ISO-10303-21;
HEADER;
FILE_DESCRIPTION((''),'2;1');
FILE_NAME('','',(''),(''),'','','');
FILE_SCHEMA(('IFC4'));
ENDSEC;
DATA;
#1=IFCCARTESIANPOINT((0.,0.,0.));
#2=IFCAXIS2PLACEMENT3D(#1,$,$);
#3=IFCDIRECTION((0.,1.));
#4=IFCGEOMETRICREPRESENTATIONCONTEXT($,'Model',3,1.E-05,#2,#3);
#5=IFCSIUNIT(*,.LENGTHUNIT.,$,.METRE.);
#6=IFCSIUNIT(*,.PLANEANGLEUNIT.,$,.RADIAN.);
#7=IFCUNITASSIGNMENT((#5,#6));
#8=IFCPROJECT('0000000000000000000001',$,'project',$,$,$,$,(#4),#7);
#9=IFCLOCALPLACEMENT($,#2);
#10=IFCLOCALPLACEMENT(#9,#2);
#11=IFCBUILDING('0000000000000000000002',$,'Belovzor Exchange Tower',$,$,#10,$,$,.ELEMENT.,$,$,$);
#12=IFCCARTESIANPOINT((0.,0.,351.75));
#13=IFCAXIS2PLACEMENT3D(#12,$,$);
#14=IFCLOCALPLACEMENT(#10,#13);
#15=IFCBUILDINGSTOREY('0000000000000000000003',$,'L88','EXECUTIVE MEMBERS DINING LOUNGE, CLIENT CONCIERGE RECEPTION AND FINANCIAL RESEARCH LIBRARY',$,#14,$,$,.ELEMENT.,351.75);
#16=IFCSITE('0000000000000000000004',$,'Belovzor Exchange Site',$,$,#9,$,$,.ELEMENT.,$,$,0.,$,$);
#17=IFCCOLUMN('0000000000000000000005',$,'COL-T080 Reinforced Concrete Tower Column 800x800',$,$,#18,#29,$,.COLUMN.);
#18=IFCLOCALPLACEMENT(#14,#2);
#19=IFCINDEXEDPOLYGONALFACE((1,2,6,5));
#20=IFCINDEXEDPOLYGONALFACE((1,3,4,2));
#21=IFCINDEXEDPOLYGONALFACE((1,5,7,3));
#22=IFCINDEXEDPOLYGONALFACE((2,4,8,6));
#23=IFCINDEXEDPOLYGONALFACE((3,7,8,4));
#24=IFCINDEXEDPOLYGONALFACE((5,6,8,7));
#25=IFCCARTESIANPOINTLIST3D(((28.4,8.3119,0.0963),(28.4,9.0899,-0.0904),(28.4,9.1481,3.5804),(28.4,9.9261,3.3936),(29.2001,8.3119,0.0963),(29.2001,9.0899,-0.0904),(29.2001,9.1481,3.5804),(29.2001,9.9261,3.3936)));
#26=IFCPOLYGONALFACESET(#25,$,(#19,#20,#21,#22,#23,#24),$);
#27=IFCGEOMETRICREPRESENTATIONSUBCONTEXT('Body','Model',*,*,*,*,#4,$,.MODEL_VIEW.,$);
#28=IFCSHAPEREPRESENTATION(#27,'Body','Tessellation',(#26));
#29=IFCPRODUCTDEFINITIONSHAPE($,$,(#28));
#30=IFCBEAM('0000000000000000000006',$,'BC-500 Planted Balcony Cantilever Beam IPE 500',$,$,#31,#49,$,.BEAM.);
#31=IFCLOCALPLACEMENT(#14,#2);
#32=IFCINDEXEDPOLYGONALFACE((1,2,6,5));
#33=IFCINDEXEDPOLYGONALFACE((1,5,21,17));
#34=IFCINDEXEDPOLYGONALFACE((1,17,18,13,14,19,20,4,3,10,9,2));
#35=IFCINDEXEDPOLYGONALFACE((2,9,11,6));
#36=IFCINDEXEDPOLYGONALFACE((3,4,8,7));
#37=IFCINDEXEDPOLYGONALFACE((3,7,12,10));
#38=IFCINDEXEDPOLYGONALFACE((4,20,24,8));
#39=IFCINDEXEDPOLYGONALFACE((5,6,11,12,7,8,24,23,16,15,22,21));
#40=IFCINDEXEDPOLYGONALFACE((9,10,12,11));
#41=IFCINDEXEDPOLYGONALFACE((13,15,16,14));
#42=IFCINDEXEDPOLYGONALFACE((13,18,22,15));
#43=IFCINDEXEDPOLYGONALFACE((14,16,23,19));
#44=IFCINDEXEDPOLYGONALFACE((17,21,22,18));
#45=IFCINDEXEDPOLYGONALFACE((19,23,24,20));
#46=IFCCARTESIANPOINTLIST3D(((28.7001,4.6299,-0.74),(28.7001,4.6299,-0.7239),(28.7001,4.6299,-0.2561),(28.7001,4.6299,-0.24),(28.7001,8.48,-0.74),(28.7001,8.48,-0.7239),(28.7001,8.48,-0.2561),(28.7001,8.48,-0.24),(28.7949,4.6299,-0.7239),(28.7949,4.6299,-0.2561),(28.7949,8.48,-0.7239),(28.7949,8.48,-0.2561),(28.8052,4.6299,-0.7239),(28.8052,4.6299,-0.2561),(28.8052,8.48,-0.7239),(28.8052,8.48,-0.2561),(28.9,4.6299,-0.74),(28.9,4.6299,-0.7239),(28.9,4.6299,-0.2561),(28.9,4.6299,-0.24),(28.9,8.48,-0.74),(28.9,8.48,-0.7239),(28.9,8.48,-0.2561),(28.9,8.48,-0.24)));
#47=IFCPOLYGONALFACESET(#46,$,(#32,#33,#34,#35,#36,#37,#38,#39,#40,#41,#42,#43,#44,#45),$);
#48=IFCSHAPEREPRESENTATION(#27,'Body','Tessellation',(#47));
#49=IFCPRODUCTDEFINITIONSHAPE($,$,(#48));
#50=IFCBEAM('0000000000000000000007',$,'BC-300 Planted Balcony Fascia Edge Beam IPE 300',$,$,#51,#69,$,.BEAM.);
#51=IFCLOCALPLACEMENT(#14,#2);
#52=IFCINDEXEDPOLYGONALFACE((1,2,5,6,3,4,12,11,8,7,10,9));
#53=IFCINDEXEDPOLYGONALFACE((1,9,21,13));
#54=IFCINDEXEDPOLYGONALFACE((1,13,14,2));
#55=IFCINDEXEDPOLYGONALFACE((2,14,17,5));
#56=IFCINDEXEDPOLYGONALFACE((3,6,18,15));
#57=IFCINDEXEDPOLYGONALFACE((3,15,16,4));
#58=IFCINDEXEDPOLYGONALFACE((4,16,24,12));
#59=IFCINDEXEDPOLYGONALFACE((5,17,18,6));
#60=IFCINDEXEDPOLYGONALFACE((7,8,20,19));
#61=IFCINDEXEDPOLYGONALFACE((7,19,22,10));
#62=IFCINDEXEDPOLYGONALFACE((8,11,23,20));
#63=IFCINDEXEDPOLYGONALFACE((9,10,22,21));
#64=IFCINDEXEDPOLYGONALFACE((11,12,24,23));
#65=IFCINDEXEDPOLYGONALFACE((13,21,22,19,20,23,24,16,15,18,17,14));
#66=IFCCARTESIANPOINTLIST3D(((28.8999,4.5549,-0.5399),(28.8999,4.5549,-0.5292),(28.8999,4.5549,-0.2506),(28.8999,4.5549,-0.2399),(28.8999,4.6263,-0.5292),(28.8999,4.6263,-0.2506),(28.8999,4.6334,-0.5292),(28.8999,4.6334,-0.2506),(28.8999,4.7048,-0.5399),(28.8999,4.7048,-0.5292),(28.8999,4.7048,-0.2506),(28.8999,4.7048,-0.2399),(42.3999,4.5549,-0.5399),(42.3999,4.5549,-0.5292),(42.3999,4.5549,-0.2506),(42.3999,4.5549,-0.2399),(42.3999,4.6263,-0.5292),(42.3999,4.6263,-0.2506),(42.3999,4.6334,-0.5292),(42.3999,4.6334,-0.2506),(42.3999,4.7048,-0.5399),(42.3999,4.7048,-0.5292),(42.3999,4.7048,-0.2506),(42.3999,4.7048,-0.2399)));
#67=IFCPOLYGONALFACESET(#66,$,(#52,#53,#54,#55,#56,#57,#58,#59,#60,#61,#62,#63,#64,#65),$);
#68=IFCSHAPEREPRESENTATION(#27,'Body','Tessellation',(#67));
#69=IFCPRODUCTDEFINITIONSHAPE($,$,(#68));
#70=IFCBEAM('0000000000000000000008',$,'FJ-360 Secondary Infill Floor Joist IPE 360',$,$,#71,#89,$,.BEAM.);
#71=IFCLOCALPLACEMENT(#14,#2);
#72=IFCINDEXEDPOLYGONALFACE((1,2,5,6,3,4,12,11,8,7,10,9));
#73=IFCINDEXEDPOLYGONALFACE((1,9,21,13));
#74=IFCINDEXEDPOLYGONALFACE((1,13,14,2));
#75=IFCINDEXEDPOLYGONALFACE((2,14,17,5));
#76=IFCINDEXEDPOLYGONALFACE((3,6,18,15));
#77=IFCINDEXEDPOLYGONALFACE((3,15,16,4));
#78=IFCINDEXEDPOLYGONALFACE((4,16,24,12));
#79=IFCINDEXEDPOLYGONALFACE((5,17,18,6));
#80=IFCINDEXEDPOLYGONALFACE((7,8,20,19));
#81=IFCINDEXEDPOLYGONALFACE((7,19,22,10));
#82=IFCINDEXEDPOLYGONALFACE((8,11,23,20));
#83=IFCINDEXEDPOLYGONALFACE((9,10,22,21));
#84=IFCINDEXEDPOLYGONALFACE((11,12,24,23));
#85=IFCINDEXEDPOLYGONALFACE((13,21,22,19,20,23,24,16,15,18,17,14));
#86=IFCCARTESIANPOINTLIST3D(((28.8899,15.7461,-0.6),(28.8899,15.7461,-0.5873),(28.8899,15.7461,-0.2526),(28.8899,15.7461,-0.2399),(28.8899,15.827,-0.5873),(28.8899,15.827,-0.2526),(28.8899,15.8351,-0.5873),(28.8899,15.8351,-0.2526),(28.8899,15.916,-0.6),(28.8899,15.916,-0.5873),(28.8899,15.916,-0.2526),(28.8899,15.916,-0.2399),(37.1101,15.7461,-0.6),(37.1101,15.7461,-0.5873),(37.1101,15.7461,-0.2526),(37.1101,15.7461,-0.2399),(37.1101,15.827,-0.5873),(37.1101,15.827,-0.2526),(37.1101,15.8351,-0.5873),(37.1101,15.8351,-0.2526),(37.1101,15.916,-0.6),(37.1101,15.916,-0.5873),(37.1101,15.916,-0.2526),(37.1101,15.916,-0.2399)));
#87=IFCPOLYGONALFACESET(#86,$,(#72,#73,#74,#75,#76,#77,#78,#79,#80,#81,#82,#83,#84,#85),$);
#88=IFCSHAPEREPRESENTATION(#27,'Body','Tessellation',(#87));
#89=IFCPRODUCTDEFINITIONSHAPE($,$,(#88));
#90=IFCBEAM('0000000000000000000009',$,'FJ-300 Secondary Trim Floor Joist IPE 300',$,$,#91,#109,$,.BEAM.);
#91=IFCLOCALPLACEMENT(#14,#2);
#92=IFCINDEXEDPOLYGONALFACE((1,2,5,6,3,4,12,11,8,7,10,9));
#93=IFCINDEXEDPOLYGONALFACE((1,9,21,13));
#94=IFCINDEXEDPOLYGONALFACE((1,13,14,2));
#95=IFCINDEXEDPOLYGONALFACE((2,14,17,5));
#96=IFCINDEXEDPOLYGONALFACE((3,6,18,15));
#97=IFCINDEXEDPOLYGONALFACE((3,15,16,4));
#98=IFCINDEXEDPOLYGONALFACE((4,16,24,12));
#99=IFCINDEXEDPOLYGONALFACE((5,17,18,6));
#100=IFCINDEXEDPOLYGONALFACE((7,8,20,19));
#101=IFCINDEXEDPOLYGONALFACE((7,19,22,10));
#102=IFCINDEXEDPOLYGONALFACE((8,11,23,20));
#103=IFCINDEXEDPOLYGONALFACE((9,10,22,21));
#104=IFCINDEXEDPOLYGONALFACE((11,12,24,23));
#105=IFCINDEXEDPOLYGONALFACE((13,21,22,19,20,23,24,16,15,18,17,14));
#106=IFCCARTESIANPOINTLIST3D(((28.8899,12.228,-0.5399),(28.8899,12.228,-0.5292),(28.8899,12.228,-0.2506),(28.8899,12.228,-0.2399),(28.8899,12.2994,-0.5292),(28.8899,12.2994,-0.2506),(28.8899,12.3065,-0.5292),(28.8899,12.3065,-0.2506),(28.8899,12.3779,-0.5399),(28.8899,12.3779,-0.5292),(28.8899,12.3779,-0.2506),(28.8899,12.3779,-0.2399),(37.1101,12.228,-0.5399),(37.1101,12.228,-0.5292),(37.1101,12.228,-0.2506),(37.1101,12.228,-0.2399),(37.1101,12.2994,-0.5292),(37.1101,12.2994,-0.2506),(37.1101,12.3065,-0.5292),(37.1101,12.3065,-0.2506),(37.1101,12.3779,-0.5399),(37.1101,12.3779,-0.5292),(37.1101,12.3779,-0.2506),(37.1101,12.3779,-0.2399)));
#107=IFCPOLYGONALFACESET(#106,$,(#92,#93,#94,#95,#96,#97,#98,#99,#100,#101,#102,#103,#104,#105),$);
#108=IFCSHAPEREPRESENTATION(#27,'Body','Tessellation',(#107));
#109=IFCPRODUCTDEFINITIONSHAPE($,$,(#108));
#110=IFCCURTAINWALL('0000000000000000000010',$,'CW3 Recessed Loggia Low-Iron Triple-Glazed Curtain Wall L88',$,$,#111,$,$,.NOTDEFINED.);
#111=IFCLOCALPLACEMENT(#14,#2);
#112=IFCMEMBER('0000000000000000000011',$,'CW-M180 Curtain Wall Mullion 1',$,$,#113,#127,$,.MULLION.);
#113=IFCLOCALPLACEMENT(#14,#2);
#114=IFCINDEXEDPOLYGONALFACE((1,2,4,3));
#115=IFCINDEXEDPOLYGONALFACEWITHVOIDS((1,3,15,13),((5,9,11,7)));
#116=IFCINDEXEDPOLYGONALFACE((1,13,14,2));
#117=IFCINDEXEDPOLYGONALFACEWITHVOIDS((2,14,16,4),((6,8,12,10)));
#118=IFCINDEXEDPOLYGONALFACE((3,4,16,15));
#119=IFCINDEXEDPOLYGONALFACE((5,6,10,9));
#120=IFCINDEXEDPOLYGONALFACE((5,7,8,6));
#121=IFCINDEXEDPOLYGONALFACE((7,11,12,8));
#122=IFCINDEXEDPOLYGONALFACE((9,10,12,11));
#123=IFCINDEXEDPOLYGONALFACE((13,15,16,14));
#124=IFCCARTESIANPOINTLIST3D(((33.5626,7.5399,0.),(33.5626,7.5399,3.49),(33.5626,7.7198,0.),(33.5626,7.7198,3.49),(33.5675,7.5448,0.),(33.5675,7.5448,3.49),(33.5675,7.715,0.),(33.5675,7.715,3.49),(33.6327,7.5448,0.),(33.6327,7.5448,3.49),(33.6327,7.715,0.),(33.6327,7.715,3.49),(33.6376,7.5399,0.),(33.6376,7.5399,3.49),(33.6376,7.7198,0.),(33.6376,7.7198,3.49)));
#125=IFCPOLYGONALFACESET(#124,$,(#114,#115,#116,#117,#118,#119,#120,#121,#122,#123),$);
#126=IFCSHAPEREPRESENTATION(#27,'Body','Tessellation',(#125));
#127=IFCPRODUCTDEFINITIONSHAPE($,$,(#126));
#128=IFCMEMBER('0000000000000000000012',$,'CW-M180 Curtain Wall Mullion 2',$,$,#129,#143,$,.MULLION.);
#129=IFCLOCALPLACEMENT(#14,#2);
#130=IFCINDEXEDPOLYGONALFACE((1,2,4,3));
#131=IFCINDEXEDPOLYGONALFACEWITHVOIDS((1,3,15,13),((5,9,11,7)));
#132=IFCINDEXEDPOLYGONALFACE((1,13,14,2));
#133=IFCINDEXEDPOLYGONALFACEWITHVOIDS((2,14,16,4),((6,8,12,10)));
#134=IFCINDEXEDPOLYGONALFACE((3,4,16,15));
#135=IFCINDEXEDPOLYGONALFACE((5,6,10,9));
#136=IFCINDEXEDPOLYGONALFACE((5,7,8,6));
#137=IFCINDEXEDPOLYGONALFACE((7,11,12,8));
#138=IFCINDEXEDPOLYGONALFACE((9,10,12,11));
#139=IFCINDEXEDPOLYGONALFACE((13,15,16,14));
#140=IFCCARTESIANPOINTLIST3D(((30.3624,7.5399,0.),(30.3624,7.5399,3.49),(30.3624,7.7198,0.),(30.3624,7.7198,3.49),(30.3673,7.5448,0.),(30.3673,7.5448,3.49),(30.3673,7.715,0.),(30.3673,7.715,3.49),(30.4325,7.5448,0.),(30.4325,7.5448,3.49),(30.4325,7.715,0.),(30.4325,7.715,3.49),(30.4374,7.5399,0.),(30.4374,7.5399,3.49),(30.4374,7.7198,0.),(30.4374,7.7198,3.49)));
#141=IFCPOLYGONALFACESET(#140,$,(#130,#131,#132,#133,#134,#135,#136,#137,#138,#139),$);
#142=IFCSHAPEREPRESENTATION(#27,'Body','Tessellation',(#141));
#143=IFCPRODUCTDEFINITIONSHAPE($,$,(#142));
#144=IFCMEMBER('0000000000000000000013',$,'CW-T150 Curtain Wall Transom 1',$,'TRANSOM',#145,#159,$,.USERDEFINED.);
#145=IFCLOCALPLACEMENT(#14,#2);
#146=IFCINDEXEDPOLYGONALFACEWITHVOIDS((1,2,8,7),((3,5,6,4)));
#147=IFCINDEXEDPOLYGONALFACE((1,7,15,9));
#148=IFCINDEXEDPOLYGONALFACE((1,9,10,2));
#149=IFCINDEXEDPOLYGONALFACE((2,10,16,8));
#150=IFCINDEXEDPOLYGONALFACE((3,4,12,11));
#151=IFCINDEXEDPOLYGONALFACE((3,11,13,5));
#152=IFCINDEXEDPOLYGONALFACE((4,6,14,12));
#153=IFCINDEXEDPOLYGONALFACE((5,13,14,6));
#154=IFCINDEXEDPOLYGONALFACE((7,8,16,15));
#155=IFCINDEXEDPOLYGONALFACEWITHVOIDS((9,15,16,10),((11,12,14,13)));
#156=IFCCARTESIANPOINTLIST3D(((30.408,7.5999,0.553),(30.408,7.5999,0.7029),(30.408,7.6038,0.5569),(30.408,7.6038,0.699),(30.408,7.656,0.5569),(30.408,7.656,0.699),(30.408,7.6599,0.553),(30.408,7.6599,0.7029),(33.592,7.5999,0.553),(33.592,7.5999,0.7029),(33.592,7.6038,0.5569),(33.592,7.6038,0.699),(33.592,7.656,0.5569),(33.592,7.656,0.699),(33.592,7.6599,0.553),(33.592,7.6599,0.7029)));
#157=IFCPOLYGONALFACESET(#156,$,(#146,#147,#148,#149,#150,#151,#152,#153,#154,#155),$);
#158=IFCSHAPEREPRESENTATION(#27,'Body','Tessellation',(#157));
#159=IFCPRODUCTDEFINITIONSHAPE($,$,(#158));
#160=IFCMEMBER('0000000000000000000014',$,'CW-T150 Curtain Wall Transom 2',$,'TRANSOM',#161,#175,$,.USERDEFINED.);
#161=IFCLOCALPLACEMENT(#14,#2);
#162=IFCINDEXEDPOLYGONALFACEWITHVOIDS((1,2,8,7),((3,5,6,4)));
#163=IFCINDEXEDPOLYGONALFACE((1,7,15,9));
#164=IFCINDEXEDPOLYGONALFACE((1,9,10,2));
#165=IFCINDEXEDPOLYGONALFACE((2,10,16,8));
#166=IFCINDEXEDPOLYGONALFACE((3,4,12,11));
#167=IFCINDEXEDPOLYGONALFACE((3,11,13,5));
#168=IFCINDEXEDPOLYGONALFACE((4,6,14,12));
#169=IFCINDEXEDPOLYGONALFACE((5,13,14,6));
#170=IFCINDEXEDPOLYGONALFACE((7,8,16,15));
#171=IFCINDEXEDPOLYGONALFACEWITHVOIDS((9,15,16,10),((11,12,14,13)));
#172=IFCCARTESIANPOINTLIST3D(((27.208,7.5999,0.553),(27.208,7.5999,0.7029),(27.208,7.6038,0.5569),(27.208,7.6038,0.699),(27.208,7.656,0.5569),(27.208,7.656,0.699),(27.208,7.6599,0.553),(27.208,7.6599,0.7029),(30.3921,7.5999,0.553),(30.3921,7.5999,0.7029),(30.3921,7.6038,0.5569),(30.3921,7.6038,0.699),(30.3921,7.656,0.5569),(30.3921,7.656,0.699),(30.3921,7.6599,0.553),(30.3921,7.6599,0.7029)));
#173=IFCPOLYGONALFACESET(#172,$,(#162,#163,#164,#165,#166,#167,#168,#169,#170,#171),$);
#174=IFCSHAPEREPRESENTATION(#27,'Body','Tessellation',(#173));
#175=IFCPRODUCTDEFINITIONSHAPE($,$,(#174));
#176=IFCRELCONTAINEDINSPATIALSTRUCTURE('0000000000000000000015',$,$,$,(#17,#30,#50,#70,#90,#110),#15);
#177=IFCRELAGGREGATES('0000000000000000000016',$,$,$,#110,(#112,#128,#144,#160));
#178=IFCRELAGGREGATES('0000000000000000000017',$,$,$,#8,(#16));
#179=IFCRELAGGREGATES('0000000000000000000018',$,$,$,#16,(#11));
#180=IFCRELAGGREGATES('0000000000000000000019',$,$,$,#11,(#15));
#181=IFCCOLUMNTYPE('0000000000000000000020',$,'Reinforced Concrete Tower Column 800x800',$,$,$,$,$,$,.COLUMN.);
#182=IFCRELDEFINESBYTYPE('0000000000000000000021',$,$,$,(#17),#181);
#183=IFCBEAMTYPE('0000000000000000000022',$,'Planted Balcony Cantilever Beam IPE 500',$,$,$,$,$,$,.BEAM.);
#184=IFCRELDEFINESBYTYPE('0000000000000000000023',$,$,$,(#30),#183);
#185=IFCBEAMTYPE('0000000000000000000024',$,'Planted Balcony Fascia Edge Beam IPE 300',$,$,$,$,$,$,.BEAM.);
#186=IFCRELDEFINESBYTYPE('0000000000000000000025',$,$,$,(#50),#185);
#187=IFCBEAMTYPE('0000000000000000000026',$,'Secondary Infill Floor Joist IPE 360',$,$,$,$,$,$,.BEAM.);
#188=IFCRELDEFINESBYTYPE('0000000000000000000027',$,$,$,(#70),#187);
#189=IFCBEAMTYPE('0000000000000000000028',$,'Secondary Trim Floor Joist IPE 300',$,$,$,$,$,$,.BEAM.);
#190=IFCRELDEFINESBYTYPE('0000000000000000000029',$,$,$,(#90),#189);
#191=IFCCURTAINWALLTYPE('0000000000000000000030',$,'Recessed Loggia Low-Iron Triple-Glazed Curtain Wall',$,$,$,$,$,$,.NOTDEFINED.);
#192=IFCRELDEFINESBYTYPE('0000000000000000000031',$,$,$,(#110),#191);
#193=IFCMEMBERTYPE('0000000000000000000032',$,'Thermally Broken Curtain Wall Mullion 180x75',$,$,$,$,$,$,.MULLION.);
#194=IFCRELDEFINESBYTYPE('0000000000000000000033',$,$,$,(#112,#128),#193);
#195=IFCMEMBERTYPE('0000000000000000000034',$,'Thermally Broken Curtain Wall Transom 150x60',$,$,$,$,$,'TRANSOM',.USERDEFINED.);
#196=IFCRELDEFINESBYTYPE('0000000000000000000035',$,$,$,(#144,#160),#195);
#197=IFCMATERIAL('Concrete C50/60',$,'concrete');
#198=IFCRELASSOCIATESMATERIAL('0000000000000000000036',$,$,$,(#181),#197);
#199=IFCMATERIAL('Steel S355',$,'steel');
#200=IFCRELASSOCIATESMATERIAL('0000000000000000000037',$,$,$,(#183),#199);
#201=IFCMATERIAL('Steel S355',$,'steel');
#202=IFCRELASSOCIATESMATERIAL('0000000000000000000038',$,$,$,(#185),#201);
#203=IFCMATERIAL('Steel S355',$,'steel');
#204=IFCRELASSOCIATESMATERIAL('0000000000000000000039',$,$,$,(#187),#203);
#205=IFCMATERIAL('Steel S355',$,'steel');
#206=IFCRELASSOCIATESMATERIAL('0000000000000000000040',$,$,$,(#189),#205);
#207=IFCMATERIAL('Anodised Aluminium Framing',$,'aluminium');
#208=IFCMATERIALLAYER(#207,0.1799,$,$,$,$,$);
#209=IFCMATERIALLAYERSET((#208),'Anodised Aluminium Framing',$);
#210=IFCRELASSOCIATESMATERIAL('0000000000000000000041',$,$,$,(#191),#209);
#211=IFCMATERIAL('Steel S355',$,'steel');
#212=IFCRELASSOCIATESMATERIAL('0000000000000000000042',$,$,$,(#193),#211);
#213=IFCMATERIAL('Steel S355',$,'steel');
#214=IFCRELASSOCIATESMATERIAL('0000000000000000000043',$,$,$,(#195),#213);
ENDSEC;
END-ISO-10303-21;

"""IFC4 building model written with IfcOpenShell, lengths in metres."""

from ifc_helpers import new_model, si_unit, direction, frame, origin, origin_2d, place, context, subcontext, project, spatial, rectangle, hollow_rectangle, i_section, extrude, material, layer, layer_set, material_profile, profile_set, type_object, element, aggregate, save


model = new_model("IFC4")

# Units and contexts
model_context = context("Model", 3, precision=1e-05, world=origin(), true_north=direction((0.0, 1.0)))
body_context = subcontext(model_context, "Body", "Model", "MODEL_VIEW")
ifc_project = project(units=[si_unit("LENGTHUNIT", "METRE"), si_unit("PLANEANGLEUNIT", "RADIAN")], contexts=[model_context])

# Site, building, storey
site_placement = place(None, origin())
site = spatial("IfcSite", under=ifc_project, at=site_placement, Name="Belovzor Exchange Site", CompositionType="ELEMENT", RefElevation=0.0)
building_placement = place(site_placement, origin())
building = spatial("IfcBuilding", under=site, at=building_placement, Name="Belovzor Exchange Tower", CompositionType="ELEMENT")
storey_placement = place(building_placement, frame((0.0, 0.0, 351.75)))
storey = spatial("IfcBuildingStorey", under=building, at=storey_placement, Name="L88", Description="EXECUTIVE MEMBERS DINING LOUNGE, CLIENT CONCIERGE RECEPTION AND FINANCIAL RESEARCH LIBRARY", CompositionType="ELEMENT", Elevation=351.75)

# Column
ifc_material_1 = material(Name="Concrete C50/60", Category="concrete")
ifc_material_profile_1 = material_profile(ifc_material_1, rectangle(XDim=0.8, YDim=0.8, at=origin_2d()))
ifc_profile_set_1 = profile_set([ifc_material_profile_1], Name="Concrete C50/60")
column_type = type_object("IfcColumnType", Name="Reinforced Concrete Tower Column 800x800", PredefinedType="COLUMN", material=ifc_profile_set_1)
column_placement = place(storey_placement, frame((28.8, 8.7009, 0.0029), z_axis=(0.0, 0.23337, 0.972388), x_axis=(-1.0, 0.0, 0.0)))
element("IfcColumn", 1, at=column_placement, inside=storey, type_object=column_type, Name="COL-T080 Reinforced Concrete Tower Column 800x800", PredefinedType="COLUMN", context=body_context, shape_type="SweptSolid", body=[
    extrude(rectangle(XDim=0.8, YDim=0.8, at=origin_2d()), origin(), (0.0, 0.0, 1.0), 3.583),
])

# Beams
ifc_material_2 = material(Name="Steel S355", Category="steel")
ifc_material_profile_2 = material_profile(ifc_material_2, i_section(OverallWidth=0.2, OverallDepth=0.5, WebThickness=0.0103, FlangeThickness=0.0161, at=origin_2d()))
ifc_profile_set_2 = profile_set([ifc_material_profile_2], Name="Steel S355")
beam_type_1 = type_object("IfcBeamType", Name="Planted Balcony Cantilever Beam IPE 500", PredefinedType="BEAM", material=ifc_profile_set_2)
beam_1_placement = place(storey_placement, frame((28.8, 8.48, -0.49), z_axis=(0.0, -1.0, 0.0), x_axis=(1.0, 0.0, 0.0)))
element("IfcBeam", 2, at=beam_1_placement, inside=storey, type_object=beam_type_1, Name="BC-500 Planted Balcony Cantilever Beam IPE 500", PredefinedType="BEAM", context=body_context, shape_type="SweptSolid", body=[
    extrude(i_section(OverallWidth=0.2, OverallDepth=0.5, WebThickness=0.0103, FlangeThickness=0.0161, at=origin_2d()), origin(), (0.0, 0.0, 1.0), 3.8501),
])
ifc_material_3 = material(Name="Steel S355", Category="steel")
ifc_material_profile_3 = material_profile(ifc_material_3, i_section(OverallWidth=0.1499, OverallDepth=0.3, WebThickness=0.0071, FlangeThickness=0.0107, at=origin_2d()))
ifc_profile_set_3 = profile_set([ifc_material_profile_3], Name="Steel S355")
beam_type_2 = type_object("IfcBeamType", Name="Planted Balcony Fascia Edge Beam IPE 300", PredefinedType="BEAM", material=ifc_profile_set_3)
beam_2_placement = place(storey_placement, frame((28.8999, 4.6299, -0.3899), z_axis=(1.0, 0.0, 0.0), x_axis=(0.0, 1.0, 0.0)))
element("IfcBeam", 3, at=beam_2_placement, inside=storey, type_object=beam_type_2, Name="BC-300 Planted Balcony Fascia Edge Beam IPE 300", PredefinedType="BEAM", context=body_context, shape_type="SweptSolid", body=[
    extrude(i_section(OverallWidth=0.1499, OverallDepth=0.3, WebThickness=0.0071, FlangeThickness=0.0107, at=origin_2d()), origin(), (0.0, 0.0, 1.0), 13.5),
])
ifc_material_4 = material(Name="Steel S355", Category="steel")
ifc_material_profile_4 = material_profile(ifc_material_4, i_section(OverallWidth=0.1699, OverallDepth=0.3601, WebThickness=0.0081, FlangeThickness=0.0127, at=origin_2d()))
ifc_profile_set_4 = profile_set([ifc_material_profile_4], Name="Steel S355")
beam_type_3 = type_object("IfcBeamType", Name="Secondary Infill Floor Joist IPE 360", PredefinedType="BEAM", material=ifc_profile_set_4)
beam_3_placement = place(storey_placement, frame((28.8899, 15.8311, -0.4199), z_axis=(1.0, 0.0, 0.0), x_axis=(0.0, 1.0, 0.0)))
element("IfcBeam", 4, at=beam_3_placement, inside=storey, type_object=beam_type_3, Name="FJ-360 Secondary Infill Floor Joist IPE 360", PredefinedType="BEAM", context=body_context, shape_type="SweptSolid", body=[
    extrude(i_section(OverallWidth=0.1699, OverallDepth=0.3601, WebThickness=0.0081, FlangeThickness=0.0127, at=origin_2d()), origin(), (0.0, 0.0, 1.0), 8.2202),
])
ifc_material_5 = material(Name="Steel S355", Category="steel")
ifc_material_profile_5 = material_profile(ifc_material_5, i_section(OverallWidth=0.1499, OverallDepth=0.3, WebThickness=0.0071, FlangeThickness=0.0107, at=origin_2d()))
ifc_profile_set_5 = profile_set([ifc_material_profile_5], Name="Steel S355")
beam_type_4 = type_object("IfcBeamType", Name="Secondary Trim Floor Joist IPE 300", PredefinedType="BEAM", material=ifc_profile_set_5)
beam_4_placement = place(storey_placement, frame((28.8899, 12.303, -0.3899), z_axis=(1.0, 0.0, 0.0), x_axis=(0.0, 1.0, 0.0)))
element("IfcBeam", 5, at=beam_4_placement, inside=storey, type_object=beam_type_4, Name="FJ-300 Secondary Trim Floor Joist IPE 300", PredefinedType="BEAM", context=body_context, shape_type="SweptSolid", body=[
    extrude(i_section(OverallWidth=0.1499, OverallDepth=0.3, WebThickness=0.0071, FlangeThickness=0.0107, at=origin_2d()), origin(), (0.0, 0.0, 1.0), 8.2202),
])

# Curtain wall, members
ifc_material_6 = material(Name="Anodised Aluminium Framing", Category="aluminium")
ifc_layer_1 = layer(ifc_material_6, 0.1799)
ifc_layer_set_1 = layer_set([ifc_layer_1], Name="Anodised Aluminium Framing")
curtain_wall_type = type_object("IfcCurtainWallType", Name="Recessed Loggia Low-Iron Triple-Glazed Curtain Wall", PredefinedType="NOTDEFINED", material=ifc_layer_set_1)
curtain_wall_placement = place(storey_placement, origin())
curtain_wall = element("IfcCurtainWall", 6, at=curtain_wall_placement, inside=storey, type_object=curtain_wall_type, Name="CW3 Recessed Loggia Low-Iron Triple-Glazed Curtain Wall L88", PredefinedType="NOTDEFINED")
ifc_material_7 = material(Name="Steel S355", Category="steel")
ifc_material_profile_6 = material_profile(ifc_material_7, hollow_rectangle(XDim=0.075, YDim=0.1799, WallThickness=0.0049, at=origin_2d()))
ifc_profile_set_6 = profile_set([ifc_material_profile_6], Name="Steel S355")
member_type_1 = type_object("IfcMemberType", Name="Thermally Broken Curtain Wall Mullion 180x75", PredefinedType="MULLION", material=ifc_profile_set_6)
member_1_placement = place(storey_placement, frame((33.6001, 7.6299, 0.0), z_axis=(0.0, 0.0, 1.0), x_axis=(-1.0, 0.0, 0.0)))
member_1 = element("IfcMember", 7, at=member_1_placement, type_object=member_type_1, Name="CW-M180 Curtain Wall Mullion 1", PredefinedType="MULLION", context=body_context, shape_type="SweptSolid", body=[
    extrude(hollow_rectangle(XDim=0.075, YDim=0.1799, WallThickness=0.0049, at=origin_2d()), origin(), (0.0, 0.0, 1.0), 3.49),
])
member_2_placement = place(storey_placement, frame((30.3999, 7.6299, 0.0), z_axis=(0.0, 0.0, 1.0), x_axis=(-1.0, 0.0, 0.0)))
member_2 = element("IfcMember", 8, at=member_2_placement, type_object=member_type_1, Name="CW-M180 Curtain Wall Mullion 2", PredefinedType="MULLION", context=body_context, shape_type="SweptSolid", body=[
    extrude(hollow_rectangle(XDim=0.075, YDim=0.1799, WallThickness=0.0049, at=origin_2d()), origin(), (0.0, 0.0, 1.0), 3.49),
])
ifc_material_8 = material(Name="Steel S355", Category="steel")
ifc_material_profile_7 = material_profile(ifc_material_8, hollow_rectangle(XDim=0.0601, YDim=0.1499, WallThickness=0.0039, at=origin_2d()))
ifc_profile_set_7 = profile_set([ifc_material_profile_7], Name="Steel S355")
member_type_2 = type_object("IfcMemberType", Name="Thermally Broken Curtain Wall Transom 150x60", ElementType="TRANSOM", PredefinedType="USERDEFINED", material=ifc_profile_set_7)
member_3_placement = place(storey_placement, frame((33.592, 7.6299, 0.6279), z_axis=(-1.0, 0.0, 0.0), x_axis=(0.0, -1.0, 0.0)))
member_3 = element("IfcMember", 9, at=member_3_placement, type_object=member_type_2, Name="CW-T150 Curtain Wall Transom 1", ObjectType="TRANSOM", PredefinedType="USERDEFINED", context=body_context, shape_type="SweptSolid", body=[
    extrude(hollow_rectangle(XDim=0.0601, YDim=0.1499, WallThickness=0.0039, at=origin_2d()), origin(), (0.0, 0.0, 1.0), 3.1841),
])
member_4_placement = place(storey_placement, frame((30.3921, 7.6299, 0.6279), z_axis=(-1.0, 0.0, 0.0), x_axis=(0.0, -1.0, 0.0)))
member_4 = element("IfcMember", 10, at=member_4_placement, type_object=member_type_2, Name="CW-T150 Curtain Wall Transom 2", ObjectType="TRANSOM", PredefinedType="USERDEFINED", context=body_context, shape_type="SweptSolid", body=[
    extrude(hollow_rectangle(XDim=0.0601, YDim=0.1499, WallThickness=0.0039, at=origin_2d()), origin(), (0.0, 0.0, 1.0), 3.1841),
])

aggregate(curtain_wall, [member_1, member_2, member_3, member_4])

save(model, "model.ifc")
